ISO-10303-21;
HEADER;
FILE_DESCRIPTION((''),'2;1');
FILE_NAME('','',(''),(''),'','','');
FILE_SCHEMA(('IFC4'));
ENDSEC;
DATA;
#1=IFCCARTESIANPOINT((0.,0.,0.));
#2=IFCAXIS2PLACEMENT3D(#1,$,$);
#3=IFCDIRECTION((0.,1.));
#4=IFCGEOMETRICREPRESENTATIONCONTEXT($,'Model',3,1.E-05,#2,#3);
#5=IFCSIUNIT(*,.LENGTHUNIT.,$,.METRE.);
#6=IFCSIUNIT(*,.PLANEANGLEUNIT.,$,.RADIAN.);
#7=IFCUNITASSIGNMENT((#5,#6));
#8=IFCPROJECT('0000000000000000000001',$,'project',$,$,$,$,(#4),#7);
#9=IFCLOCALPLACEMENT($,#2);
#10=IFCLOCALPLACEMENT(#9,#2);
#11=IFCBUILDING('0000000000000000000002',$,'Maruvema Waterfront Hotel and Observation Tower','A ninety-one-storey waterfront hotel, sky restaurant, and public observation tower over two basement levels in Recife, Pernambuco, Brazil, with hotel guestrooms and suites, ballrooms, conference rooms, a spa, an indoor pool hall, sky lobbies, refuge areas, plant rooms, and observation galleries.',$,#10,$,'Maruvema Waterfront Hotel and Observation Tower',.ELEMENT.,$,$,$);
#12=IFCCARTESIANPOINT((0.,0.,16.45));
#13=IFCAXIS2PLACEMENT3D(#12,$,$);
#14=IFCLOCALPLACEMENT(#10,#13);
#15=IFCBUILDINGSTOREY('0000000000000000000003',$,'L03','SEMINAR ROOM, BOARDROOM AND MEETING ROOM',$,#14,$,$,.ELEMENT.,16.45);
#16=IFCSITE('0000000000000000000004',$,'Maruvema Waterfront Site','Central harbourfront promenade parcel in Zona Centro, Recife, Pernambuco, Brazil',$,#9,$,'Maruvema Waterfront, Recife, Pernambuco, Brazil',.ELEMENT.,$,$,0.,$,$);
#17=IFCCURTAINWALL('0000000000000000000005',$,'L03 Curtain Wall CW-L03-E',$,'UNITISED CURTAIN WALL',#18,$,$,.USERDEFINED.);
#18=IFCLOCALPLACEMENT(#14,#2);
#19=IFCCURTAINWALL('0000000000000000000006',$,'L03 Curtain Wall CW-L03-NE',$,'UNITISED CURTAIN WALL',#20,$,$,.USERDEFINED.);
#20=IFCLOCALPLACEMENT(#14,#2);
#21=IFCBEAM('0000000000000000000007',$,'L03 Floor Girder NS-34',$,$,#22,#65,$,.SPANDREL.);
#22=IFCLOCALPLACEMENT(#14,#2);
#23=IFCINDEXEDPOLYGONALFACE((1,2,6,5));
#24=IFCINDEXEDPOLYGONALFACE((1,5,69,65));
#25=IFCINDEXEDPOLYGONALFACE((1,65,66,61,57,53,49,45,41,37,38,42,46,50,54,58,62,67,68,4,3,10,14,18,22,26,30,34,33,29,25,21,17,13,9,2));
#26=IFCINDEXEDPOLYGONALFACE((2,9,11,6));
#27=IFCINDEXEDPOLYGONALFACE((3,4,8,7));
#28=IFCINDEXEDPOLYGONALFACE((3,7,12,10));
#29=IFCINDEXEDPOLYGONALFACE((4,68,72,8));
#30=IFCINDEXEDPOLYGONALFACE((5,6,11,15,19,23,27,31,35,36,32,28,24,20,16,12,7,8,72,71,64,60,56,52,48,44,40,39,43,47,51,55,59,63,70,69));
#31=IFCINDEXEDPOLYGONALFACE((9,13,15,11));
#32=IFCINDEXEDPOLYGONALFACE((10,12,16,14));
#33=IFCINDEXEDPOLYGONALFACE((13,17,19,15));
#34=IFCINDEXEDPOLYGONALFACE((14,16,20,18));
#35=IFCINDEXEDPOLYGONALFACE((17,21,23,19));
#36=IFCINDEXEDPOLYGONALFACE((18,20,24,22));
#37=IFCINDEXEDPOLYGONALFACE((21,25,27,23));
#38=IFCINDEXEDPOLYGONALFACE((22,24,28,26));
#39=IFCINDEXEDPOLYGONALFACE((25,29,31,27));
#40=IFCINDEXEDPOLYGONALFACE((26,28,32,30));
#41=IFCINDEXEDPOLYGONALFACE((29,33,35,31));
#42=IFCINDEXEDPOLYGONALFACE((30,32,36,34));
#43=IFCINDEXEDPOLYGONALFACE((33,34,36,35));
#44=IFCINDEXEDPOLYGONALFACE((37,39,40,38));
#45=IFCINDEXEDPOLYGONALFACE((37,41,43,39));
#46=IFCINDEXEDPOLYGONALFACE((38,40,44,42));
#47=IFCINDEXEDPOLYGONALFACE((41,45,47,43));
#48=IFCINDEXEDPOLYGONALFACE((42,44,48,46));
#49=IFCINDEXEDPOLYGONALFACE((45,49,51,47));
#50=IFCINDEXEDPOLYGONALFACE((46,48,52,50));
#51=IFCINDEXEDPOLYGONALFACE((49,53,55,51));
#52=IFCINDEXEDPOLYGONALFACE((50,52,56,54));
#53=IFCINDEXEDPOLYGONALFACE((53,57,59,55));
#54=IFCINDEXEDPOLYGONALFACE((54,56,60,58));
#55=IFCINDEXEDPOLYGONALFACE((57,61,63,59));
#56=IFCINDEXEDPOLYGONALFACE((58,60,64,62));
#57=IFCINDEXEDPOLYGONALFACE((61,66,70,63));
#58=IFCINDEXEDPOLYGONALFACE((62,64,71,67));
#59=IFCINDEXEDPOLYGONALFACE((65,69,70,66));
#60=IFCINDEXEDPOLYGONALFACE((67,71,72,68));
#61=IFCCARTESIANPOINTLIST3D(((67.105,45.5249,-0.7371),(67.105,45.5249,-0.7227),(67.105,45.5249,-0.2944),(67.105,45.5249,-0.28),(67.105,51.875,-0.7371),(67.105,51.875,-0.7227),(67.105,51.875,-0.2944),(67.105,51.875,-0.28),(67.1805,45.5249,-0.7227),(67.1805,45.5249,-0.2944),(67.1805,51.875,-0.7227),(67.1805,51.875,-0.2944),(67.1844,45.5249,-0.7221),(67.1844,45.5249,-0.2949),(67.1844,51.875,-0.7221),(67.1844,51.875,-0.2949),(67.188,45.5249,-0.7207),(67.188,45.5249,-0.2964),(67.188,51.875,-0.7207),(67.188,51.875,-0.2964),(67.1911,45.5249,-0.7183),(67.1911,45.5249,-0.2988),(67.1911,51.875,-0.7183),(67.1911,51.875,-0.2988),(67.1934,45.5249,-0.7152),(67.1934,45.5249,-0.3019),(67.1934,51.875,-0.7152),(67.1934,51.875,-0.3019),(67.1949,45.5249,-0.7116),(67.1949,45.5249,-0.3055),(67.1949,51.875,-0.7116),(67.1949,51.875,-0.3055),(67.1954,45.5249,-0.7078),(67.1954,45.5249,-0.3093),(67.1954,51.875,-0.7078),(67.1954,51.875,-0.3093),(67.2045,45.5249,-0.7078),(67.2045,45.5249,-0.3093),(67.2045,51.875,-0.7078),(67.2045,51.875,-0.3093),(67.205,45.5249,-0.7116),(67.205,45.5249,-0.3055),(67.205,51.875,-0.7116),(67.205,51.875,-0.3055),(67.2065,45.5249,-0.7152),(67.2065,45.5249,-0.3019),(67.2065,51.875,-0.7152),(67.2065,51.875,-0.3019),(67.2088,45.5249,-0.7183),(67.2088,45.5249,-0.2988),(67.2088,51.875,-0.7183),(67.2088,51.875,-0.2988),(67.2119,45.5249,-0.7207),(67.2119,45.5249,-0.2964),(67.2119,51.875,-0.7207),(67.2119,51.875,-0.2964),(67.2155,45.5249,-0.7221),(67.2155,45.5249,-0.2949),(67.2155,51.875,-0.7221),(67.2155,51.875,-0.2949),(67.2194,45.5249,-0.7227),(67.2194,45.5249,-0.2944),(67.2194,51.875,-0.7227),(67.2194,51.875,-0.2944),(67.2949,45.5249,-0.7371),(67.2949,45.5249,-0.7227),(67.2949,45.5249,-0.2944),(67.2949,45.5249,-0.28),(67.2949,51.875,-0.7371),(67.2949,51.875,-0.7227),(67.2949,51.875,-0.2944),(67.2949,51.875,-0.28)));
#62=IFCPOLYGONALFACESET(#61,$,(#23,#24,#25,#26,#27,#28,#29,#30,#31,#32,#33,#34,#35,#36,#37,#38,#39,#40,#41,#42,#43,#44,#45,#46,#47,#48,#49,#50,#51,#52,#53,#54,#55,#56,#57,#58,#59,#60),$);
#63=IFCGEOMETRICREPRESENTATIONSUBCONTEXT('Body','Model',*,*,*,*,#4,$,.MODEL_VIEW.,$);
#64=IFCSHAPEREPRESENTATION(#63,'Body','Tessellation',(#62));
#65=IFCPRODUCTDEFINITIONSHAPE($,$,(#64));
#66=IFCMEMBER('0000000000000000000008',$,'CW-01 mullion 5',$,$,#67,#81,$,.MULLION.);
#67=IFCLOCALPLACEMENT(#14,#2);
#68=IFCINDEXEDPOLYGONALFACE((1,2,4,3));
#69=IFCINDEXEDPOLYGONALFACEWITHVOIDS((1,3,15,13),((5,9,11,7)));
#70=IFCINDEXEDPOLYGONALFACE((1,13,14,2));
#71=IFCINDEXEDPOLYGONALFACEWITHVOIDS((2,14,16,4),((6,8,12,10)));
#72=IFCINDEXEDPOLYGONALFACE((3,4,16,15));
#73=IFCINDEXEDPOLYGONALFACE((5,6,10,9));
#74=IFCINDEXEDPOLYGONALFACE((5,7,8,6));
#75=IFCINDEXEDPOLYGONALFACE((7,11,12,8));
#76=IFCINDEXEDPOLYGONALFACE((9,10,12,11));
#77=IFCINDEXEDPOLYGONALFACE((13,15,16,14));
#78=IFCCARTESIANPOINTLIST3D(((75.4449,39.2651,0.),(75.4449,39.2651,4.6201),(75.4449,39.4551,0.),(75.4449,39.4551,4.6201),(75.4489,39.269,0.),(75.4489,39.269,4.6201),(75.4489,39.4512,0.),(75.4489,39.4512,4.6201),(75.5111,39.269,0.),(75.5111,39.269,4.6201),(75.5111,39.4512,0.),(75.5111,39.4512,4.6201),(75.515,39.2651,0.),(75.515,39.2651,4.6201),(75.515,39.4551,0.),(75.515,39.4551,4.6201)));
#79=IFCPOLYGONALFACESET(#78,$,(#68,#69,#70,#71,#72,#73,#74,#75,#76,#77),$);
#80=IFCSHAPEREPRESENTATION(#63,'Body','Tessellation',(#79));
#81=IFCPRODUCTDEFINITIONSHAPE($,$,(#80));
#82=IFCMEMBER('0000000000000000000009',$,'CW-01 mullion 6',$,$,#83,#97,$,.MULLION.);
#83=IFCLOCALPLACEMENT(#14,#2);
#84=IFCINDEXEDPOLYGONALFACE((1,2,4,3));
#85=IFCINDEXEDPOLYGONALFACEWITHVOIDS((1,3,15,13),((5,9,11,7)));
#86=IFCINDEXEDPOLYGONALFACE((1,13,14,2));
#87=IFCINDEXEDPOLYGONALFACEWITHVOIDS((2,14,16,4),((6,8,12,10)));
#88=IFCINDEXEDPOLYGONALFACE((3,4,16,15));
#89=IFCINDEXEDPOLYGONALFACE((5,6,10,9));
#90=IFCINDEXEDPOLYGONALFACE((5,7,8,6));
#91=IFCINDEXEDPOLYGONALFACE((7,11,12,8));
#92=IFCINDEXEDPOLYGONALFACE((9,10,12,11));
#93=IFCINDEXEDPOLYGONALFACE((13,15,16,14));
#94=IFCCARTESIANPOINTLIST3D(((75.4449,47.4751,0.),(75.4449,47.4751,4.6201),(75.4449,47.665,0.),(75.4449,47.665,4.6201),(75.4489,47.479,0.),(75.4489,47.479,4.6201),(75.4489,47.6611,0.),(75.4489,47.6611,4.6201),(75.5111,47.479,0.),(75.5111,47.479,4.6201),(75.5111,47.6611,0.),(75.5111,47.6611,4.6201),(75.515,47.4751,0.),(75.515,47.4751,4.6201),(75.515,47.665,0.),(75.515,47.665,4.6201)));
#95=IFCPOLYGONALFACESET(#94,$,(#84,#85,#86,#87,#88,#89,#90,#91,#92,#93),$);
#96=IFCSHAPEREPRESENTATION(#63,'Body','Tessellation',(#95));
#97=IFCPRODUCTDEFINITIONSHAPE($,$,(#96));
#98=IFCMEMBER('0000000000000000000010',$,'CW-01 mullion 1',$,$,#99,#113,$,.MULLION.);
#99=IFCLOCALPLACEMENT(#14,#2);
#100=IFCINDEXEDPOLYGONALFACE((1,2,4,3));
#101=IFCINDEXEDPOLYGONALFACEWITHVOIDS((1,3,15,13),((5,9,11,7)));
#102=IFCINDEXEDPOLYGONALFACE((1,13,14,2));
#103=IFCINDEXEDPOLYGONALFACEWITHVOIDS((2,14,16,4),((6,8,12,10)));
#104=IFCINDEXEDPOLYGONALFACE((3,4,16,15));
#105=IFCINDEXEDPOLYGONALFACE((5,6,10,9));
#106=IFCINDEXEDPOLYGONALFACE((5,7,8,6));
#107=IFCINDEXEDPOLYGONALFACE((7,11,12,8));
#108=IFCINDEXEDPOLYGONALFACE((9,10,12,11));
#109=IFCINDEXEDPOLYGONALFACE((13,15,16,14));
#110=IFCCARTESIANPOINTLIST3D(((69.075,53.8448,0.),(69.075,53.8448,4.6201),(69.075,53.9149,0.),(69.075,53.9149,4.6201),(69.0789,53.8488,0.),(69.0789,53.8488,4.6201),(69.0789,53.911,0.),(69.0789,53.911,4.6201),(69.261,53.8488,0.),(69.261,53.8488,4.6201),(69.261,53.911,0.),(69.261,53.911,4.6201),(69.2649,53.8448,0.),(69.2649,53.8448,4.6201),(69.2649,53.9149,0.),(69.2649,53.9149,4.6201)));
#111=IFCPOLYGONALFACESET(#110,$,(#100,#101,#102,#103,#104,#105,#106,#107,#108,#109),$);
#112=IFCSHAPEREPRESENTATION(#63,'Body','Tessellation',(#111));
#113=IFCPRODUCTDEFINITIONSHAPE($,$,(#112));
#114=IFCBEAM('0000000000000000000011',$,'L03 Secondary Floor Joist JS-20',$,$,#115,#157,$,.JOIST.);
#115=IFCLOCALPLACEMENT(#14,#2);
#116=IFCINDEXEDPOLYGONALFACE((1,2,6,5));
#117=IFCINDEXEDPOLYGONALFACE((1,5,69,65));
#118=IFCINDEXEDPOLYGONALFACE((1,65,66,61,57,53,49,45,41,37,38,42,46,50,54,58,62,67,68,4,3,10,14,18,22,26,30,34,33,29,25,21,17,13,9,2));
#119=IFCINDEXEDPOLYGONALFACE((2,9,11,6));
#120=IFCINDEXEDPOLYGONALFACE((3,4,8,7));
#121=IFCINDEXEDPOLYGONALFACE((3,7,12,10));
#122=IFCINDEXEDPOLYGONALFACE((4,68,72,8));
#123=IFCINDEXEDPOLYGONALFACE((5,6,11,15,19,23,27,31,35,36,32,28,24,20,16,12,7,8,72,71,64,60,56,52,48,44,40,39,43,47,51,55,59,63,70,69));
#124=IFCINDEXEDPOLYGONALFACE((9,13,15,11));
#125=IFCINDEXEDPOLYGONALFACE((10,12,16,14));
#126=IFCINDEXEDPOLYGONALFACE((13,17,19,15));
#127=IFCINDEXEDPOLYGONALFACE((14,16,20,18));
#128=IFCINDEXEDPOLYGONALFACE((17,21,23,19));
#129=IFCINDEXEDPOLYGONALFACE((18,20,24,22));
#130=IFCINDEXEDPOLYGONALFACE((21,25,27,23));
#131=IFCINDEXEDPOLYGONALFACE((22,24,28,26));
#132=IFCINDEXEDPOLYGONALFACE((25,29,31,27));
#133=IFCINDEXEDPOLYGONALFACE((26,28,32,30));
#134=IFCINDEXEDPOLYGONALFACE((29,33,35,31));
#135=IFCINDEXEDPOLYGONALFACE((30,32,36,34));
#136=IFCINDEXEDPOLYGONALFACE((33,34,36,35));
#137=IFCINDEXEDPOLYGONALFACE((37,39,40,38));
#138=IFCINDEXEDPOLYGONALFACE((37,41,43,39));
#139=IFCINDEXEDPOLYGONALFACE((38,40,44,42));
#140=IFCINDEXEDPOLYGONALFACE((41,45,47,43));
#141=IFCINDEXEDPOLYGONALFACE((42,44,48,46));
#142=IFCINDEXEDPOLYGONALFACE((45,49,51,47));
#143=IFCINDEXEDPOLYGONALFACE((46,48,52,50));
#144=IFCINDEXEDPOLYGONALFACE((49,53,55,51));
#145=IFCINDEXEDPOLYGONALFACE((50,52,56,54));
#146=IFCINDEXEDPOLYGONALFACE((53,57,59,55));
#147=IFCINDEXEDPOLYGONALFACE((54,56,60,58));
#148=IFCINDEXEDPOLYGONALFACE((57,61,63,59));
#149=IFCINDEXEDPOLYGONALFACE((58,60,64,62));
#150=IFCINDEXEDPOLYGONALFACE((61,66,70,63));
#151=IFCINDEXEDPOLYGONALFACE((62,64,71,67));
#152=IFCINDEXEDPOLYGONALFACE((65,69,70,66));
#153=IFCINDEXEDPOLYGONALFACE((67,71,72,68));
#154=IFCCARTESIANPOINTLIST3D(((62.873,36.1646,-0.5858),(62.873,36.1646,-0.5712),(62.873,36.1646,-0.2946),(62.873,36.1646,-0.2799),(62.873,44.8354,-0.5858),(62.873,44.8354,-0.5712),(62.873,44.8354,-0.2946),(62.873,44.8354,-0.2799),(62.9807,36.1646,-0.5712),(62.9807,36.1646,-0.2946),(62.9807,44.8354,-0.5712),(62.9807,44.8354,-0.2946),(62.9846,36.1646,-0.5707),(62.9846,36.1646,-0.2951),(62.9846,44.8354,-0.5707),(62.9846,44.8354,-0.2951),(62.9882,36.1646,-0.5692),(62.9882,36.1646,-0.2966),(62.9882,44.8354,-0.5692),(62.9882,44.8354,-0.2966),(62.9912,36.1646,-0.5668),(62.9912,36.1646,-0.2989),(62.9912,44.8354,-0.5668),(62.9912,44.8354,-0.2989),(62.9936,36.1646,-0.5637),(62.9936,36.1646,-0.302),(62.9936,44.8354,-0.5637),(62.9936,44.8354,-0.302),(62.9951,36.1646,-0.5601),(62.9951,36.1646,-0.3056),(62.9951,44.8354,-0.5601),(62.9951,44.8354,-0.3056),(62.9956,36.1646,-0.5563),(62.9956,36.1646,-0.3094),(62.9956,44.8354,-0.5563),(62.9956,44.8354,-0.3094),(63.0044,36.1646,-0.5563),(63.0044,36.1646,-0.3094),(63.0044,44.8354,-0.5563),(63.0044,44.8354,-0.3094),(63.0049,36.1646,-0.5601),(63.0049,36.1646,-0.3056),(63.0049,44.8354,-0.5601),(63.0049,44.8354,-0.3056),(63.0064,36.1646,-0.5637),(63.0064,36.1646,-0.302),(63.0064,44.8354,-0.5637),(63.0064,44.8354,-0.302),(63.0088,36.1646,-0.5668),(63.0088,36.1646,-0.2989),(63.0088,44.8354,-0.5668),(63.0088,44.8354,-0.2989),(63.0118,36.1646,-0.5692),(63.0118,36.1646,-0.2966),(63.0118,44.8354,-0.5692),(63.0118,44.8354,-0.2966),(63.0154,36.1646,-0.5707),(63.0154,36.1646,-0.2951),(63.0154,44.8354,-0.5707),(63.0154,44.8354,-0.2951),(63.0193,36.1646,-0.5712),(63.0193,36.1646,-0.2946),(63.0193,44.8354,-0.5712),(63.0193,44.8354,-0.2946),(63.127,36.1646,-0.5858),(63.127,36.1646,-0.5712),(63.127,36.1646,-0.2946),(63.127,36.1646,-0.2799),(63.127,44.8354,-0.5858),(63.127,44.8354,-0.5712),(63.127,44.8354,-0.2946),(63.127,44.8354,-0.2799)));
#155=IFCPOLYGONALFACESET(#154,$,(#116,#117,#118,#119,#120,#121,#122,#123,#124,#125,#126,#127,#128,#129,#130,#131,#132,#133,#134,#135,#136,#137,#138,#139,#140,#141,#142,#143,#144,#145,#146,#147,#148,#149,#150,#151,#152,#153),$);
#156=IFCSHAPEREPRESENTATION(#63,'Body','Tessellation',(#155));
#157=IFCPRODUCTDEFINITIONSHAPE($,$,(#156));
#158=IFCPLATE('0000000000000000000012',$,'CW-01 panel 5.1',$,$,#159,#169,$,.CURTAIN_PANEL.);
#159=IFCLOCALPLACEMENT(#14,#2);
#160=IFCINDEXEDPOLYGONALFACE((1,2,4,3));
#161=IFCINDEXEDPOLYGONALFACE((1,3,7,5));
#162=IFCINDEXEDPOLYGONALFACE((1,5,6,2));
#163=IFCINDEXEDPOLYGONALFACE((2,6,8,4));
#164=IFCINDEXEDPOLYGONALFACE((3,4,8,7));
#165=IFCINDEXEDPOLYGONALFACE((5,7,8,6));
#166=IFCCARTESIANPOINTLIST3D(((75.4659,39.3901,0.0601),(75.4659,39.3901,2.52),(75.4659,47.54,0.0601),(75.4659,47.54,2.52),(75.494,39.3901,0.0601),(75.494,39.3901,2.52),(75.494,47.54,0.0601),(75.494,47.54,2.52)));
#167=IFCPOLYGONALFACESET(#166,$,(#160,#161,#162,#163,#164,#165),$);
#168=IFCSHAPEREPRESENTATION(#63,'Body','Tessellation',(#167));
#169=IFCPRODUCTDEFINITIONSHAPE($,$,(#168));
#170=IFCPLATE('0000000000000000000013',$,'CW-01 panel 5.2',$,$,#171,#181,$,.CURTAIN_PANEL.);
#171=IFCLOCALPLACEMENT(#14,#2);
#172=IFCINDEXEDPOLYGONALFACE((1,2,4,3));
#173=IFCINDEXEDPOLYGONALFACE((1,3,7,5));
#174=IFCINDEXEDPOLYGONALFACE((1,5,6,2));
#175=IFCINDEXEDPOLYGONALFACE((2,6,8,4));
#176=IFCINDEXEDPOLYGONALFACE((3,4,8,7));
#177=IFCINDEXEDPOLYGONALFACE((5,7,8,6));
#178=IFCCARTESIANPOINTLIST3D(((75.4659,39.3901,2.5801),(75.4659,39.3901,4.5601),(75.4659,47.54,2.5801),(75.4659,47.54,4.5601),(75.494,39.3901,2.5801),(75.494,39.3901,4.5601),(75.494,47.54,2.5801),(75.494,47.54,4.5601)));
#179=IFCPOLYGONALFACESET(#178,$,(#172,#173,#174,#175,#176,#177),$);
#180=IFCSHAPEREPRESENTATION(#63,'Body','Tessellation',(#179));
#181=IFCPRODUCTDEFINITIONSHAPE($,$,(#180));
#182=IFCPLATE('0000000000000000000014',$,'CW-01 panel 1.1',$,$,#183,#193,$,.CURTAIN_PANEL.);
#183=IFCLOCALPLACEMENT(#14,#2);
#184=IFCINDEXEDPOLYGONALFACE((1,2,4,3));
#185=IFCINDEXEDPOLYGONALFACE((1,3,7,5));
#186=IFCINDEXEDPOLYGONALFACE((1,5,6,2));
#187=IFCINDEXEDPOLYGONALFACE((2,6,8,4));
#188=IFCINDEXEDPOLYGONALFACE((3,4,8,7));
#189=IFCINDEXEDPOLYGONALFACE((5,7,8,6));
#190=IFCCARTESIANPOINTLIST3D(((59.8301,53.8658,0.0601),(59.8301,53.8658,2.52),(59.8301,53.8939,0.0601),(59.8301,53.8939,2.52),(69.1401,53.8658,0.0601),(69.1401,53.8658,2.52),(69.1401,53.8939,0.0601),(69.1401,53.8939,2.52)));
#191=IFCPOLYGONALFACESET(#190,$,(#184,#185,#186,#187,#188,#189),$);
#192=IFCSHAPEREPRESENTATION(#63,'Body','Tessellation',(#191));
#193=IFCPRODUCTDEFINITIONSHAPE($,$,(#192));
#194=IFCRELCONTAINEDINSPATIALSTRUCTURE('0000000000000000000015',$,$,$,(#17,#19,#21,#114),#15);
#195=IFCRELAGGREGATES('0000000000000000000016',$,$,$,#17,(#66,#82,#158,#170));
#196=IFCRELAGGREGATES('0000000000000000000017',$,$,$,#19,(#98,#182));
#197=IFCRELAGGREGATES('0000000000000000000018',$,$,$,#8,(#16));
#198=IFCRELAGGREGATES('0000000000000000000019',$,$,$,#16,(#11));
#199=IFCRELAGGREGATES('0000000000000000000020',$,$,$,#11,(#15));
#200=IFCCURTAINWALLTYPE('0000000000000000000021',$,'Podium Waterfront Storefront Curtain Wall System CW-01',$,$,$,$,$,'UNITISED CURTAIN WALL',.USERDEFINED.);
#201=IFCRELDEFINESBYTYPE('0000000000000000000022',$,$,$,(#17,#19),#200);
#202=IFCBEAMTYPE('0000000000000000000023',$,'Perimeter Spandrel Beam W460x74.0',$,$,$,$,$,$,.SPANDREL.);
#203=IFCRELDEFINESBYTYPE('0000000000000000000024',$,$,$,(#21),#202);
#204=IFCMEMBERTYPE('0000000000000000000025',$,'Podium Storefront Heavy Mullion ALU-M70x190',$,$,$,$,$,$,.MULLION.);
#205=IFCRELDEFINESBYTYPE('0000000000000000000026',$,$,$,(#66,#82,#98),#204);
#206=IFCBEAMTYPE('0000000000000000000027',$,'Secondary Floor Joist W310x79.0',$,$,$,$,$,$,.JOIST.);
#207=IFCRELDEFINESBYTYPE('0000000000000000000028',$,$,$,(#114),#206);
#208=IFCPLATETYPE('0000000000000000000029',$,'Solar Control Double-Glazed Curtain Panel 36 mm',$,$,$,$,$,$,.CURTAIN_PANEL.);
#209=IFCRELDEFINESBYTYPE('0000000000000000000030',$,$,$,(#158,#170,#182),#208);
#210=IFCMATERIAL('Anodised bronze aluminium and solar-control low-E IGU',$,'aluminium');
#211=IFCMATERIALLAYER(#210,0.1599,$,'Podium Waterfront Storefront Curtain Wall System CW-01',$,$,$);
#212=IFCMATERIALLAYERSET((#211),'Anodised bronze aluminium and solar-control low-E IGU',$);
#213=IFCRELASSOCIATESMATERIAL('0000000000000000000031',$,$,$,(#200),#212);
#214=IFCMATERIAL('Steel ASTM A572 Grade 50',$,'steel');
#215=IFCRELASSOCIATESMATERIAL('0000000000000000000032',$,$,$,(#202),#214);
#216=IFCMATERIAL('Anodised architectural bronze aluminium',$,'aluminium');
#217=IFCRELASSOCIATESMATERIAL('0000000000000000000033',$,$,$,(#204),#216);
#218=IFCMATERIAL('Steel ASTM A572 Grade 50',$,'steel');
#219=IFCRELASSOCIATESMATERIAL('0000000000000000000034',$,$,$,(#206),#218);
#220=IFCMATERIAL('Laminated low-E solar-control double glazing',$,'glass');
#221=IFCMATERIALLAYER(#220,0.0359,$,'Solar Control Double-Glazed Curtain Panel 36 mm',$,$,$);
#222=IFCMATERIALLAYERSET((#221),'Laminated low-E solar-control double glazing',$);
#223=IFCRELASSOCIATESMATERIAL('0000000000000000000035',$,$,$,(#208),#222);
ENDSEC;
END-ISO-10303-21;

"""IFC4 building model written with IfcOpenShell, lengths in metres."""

from ifc_helpers import new_model, si_unit, direction, frame, origin, origin_2d, place, context, subcontext, project, spatial, rectangle, hollow_rectangle, i_section, extrude, material, layer, layer_set, material_profile, profile_set, type_object, element, aggregate, save


model = new_model("IFC4")

# Units and contexts
model_context = context("Model", 3, precision=1e-05, world=origin(), true_north=direction((0.0, 1.0)))
body_context = subcontext(model_context, "Body", "Model", "MODEL_VIEW")
ifc_project = project(units=[si_unit("LENGTHUNIT", "METRE"), si_unit("PLANEANGLEUNIT", "RADIAN")], contexts=[model_context])

# Site, building, storey
site_placement = place(None, origin())
site = spatial("IfcSite", under=ifc_project, at=site_placement, Name="Maruvema Waterfront Site", Description="Central harbourfront promenade parcel in Zona Centro, Recife, Pernambuco, Brazil", LongName="Maruvema Waterfront, Recife, Pernambuco, Brazil", CompositionType="ELEMENT", RefElevation=0.0)
building_placement = place(site_placement, origin())
building = spatial("IfcBuilding", under=site, at=building_placement, Name="Maruvema Waterfront Hotel and Observation Tower", Description="A ninety-one-storey waterfront hotel, sky restaurant, and public observation tower over two basement levels in Recife, Pernambuco, Brazil, with hotel guestrooms and suites, ballrooms, conference rooms, a spa, an indoor pool hall, sky lobbies, refuge areas, plant rooms, and observation galleries.", LongName="Maruvema Waterfront Hotel and Observation Tower", CompositionType="ELEMENT")
storey_placement = place(building_placement, frame((0.0, 0.0, 16.45)))
storey = spatial("IfcBuildingStorey", under=building, at=storey_placement, Name="L03", Description="SEMINAR ROOM, BOARDROOM AND MEETING ROOM", CompositionType="ELEMENT", Elevation=16.45)

# Curtain walls
ifc_material_1 = material(Name="Anodised bronze aluminium and solar-control low-E IGU", Category="aluminium")
ifc_layer_1 = layer(ifc_material_1, 0.1599, Name="Podium Waterfront Storefront Curtain Wall System CW-01")
ifc_layer_set_1 = layer_set([ifc_layer_1], Name="Anodised bronze aluminium and solar-control low-E IGU")
curtain_wall_type = type_object("IfcCurtainWallType", Name="Podium Waterfront Storefront Curtain Wall System CW-01", ElementType="UNITISED CURTAIN WALL", PredefinedType="USERDEFINED", material=ifc_layer_set_1)
curtain_wall_1_placement = place(storey_placement, origin())
curtain_wall_1 = element("IfcCurtainWall", 1, at=curtain_wall_1_placement, inside=storey, type_object=curtain_wall_type, Name="L03 Curtain Wall CW-L03-E", ObjectType="UNITISED CURTAIN WALL", PredefinedType="USERDEFINED")
curtain_wall_2_placement = place(storey_placement, origin())
curtain_wall_2 = element("IfcCurtainWall", 2, at=curtain_wall_2_placement, inside=storey, type_object=curtain_wall_type, Name="L03 Curtain Wall CW-L03-NE", ObjectType="UNITISED CURTAIN WALL", PredefinedType="USERDEFINED")

# Beam
ifc_material_2 = material(Name="Steel ASTM A572 Grade 50", Category="steel")
ifc_material_profile_1 = material_profile(ifc_material_2, i_section(OverallWidth=0.1899, OverallDepth=0.457, WebThickness=0.009, FlangeThickness=0.0144, FilletRadius=0.0149, at=origin_2d()), Name="W460x74.0")
ifc_profile_set_1 = profile_set([ifc_material_profile_1], Name="Steel ASTM A572 Grade 50")
beam_type_1 = type_object("IfcBeamType", Name="Perimeter Spandrel Beam W460x74.0", PredefinedType="SPANDREL", material=ifc_profile_set_1)
beam_1_placement = place(storey_placement, frame((67.2, 45.5249, -0.5085), z_axis=(0.0, 1.0, 0.0), x_axis=(-1.0, 0.0, 0.0)))
element("IfcBeam", 3, at=beam_1_placement, inside=storey, type_object=beam_type_1, Name="L03 Floor Girder NS-34", PredefinedType="SPANDREL", context=body_context, shape_type="SweptSolid", body=[
    extrude(i_section(OverallWidth=0.1899, OverallDepth=0.457, WebThickness=0.009, FlangeThickness=0.0144, FilletRadius=0.0149, at=origin_2d()), origin(), (0.0, 0.0, 1.0), 6.3501),
])

# Members
ifc_material_3 = material(Name="Anodised architectural bronze aluminium", Category="aluminium")
ifc_material_profile_2 = material_profile(ifc_material_3, hollow_rectangle(XDim=0.0701, YDim=0.1899, WallThickness=0.0039, at=origin_2d()), Name="ALU-M70x190")
ifc_profile_set_2 = profile_set([ifc_material_profile_2], Name="Anodised architectural bronze aluminium")
member_type_1 = type_object("IfcMemberType", Name="Podium Storefront Heavy Mullion ALU-M70x190", PredefinedType="MULLION", material=ifc_profile_set_2)
member_1_placement = place(storey_placement, frame((75.48, 39.3601, 0.0), z_axis=(0.0, 0.0, 1.0), x_axis=(-1.0, 0.0, 0.0)))
member_1 = element("IfcMember", 4, at=member_1_placement, type_object=member_type_1, Name="CW-01 mullion 5", PredefinedType="MULLION", context=body_context, shape_type="SweptSolid", body=[
    extrude(hollow_rectangle(XDim=0.0701, YDim=0.1899, WallThickness=0.0039, at=origin_2d()), origin(), (0.0, 0.0, 1.0), 4.6201),
])
member_2_placement = place(storey_placement, frame((75.48, 47.5701, 0.0), z_axis=(0.0, 0.0, 1.0), x_axis=(-1.0, 0.0, 0.0)))
member_2 = element("IfcMember", 5, at=member_2_placement, type_object=member_type_1, Name="CW-01 mullion 6", PredefinedType="MULLION", context=body_context, shape_type="SweptSolid", body=[
    extrude(hollow_rectangle(XDim=0.0701, YDim=0.1899, WallThickness=0.0039, at=origin_2d()), origin(), (0.0, 0.0, 1.0), 4.6201),
])
member_3_placement = place(storey_placement, frame((69.1699, 53.8799, 0.0), z_axis=(0.0, 0.0, 1.0), x_axis=(0.0, -1.0, 0.0)))
member_3 = element("IfcMember", 6, at=member_3_placement, type_object=member_type_1, Name="CW-01 mullion 1", PredefinedType="MULLION", context=body_context, shape_type="SweptSolid", body=[
    extrude(hollow_rectangle(XDim=0.0701, YDim=0.1899, WallThickness=0.0039, at=origin_2d()), origin(), (0.0, 0.0, 1.0), 4.6201),
])

# Beam
ifc_material_4 = material(Name="Steel ASTM A572 Grade 50", Category="steel")
ifc_material_profile_3 = material_profile(ifc_material_4, i_section(OverallWidth=0.2539, OverallDepth=0.3059, WebThickness=0.0088, FlangeThickness=0.0146, FilletRadius=0.0149, at=origin_2d()), Name="W310x79.0")
ifc_profile_set_3 = profile_set([ifc_material_profile_3], Name="Steel ASTM A572 Grade 50")
beam_type_2 = type_object("IfcBeamType", Name="Secondary Floor Joist W310x79.0", PredefinedType="JOIST", material=ifc_profile_set_3)
beam_2_placement = place(storey_placement, frame((63.0, 36.1646, -0.4329), z_axis=(0.0, 1.0, 0.0), x_axis=(-1.0, 0.0, 0.0)))
element("IfcBeam", 7, at=beam_2_placement, inside=storey, type_object=beam_type_2, Name="L03 Secondary Floor Joist JS-20", PredefinedType="JOIST", context=body_context, shape_type="SweptSolid", body=[
    extrude(i_section(OverallWidth=0.2539, OverallDepth=0.3059, WebThickness=0.0088, FlangeThickness=0.0146, FilletRadius=0.0149, at=origin_2d()), origin(), (0.0, 0.0, 1.0), 8.6709),
])

# Plates
ifc_material_5 = material(Name="Laminated low-E solar-control double glazing", Category="glass")
ifc_layer_2 = layer(ifc_material_5, 0.0359, Name="Solar Control Double-Glazed Curtain Panel 36 mm")
ifc_layer_set_2 = layer_set([ifc_layer_2], Name="Laminated low-E solar-control double glazing")
plate_type = type_object("IfcPlateType", Name="Solar Control Double-Glazed Curtain Panel 36 mm", PredefinedType="CURTAIN_PANEL", material=ifc_layer_set_2)
plate_1_placement = place(storey_placement, frame((75.48, 43.4651, 0.0601), z_axis=(0.0, 0.0, 1.0), x_axis=(0.0, 1.0, 0.0)))
plate_1 = element("IfcPlate", 8, at=plate_1_placement, type_object=plate_type, Name="CW-01 panel 5.1", PredefinedType="CURTAIN_PANEL", context=body_context, shape_type="SweptSolid", body=[
    extrude(rectangle(XDim=8.1499, YDim=0.0281, at=origin_2d()), origin(), (0.0, 0.0, 1.0), 2.46),
])
plate_2_placement = place(storey_placement, frame((75.48, 43.4651, 2.5801), z_axis=(0.0, 0.0, 1.0), x_axis=(0.0, 1.0, 0.0)))
plate_2 = element("IfcPlate", 9, at=plate_2_placement, type_object=plate_type, Name="CW-01 panel 5.2", PredefinedType="CURTAIN_PANEL", context=body_context, shape_type="SweptSolid", body=[
    extrude(rectangle(XDim=8.1499, YDim=0.0281, at=origin_2d()), origin(), (0.0, 0.0, 1.0), 1.98),
])
aggregate(curtain_wall_1, [member_1, member_2, plate_1, plate_2])
plate_3_placement = place(storey_placement, frame((64.4851, 53.8799, 0.0601), z_axis=(0.0, 0.0, 1.0), x_axis=(-1.0, 0.0, 0.0)))
plate_3 = element("IfcPlate", 10, at=plate_3_placement, type_object=plate_type, Name="CW-01 panel 1.1", PredefinedType="CURTAIN_PANEL", context=body_context, shape_type="SweptSolid", body=[
    extrude(rectangle(XDim=9.3101, YDim=0.0281, at=origin_2d()), origin(), (0.0, 0.0, 1.0), 2.46),
])
aggregate(curtain_wall_2, [member_3, plate_3])

save(model, "model.ifc")
